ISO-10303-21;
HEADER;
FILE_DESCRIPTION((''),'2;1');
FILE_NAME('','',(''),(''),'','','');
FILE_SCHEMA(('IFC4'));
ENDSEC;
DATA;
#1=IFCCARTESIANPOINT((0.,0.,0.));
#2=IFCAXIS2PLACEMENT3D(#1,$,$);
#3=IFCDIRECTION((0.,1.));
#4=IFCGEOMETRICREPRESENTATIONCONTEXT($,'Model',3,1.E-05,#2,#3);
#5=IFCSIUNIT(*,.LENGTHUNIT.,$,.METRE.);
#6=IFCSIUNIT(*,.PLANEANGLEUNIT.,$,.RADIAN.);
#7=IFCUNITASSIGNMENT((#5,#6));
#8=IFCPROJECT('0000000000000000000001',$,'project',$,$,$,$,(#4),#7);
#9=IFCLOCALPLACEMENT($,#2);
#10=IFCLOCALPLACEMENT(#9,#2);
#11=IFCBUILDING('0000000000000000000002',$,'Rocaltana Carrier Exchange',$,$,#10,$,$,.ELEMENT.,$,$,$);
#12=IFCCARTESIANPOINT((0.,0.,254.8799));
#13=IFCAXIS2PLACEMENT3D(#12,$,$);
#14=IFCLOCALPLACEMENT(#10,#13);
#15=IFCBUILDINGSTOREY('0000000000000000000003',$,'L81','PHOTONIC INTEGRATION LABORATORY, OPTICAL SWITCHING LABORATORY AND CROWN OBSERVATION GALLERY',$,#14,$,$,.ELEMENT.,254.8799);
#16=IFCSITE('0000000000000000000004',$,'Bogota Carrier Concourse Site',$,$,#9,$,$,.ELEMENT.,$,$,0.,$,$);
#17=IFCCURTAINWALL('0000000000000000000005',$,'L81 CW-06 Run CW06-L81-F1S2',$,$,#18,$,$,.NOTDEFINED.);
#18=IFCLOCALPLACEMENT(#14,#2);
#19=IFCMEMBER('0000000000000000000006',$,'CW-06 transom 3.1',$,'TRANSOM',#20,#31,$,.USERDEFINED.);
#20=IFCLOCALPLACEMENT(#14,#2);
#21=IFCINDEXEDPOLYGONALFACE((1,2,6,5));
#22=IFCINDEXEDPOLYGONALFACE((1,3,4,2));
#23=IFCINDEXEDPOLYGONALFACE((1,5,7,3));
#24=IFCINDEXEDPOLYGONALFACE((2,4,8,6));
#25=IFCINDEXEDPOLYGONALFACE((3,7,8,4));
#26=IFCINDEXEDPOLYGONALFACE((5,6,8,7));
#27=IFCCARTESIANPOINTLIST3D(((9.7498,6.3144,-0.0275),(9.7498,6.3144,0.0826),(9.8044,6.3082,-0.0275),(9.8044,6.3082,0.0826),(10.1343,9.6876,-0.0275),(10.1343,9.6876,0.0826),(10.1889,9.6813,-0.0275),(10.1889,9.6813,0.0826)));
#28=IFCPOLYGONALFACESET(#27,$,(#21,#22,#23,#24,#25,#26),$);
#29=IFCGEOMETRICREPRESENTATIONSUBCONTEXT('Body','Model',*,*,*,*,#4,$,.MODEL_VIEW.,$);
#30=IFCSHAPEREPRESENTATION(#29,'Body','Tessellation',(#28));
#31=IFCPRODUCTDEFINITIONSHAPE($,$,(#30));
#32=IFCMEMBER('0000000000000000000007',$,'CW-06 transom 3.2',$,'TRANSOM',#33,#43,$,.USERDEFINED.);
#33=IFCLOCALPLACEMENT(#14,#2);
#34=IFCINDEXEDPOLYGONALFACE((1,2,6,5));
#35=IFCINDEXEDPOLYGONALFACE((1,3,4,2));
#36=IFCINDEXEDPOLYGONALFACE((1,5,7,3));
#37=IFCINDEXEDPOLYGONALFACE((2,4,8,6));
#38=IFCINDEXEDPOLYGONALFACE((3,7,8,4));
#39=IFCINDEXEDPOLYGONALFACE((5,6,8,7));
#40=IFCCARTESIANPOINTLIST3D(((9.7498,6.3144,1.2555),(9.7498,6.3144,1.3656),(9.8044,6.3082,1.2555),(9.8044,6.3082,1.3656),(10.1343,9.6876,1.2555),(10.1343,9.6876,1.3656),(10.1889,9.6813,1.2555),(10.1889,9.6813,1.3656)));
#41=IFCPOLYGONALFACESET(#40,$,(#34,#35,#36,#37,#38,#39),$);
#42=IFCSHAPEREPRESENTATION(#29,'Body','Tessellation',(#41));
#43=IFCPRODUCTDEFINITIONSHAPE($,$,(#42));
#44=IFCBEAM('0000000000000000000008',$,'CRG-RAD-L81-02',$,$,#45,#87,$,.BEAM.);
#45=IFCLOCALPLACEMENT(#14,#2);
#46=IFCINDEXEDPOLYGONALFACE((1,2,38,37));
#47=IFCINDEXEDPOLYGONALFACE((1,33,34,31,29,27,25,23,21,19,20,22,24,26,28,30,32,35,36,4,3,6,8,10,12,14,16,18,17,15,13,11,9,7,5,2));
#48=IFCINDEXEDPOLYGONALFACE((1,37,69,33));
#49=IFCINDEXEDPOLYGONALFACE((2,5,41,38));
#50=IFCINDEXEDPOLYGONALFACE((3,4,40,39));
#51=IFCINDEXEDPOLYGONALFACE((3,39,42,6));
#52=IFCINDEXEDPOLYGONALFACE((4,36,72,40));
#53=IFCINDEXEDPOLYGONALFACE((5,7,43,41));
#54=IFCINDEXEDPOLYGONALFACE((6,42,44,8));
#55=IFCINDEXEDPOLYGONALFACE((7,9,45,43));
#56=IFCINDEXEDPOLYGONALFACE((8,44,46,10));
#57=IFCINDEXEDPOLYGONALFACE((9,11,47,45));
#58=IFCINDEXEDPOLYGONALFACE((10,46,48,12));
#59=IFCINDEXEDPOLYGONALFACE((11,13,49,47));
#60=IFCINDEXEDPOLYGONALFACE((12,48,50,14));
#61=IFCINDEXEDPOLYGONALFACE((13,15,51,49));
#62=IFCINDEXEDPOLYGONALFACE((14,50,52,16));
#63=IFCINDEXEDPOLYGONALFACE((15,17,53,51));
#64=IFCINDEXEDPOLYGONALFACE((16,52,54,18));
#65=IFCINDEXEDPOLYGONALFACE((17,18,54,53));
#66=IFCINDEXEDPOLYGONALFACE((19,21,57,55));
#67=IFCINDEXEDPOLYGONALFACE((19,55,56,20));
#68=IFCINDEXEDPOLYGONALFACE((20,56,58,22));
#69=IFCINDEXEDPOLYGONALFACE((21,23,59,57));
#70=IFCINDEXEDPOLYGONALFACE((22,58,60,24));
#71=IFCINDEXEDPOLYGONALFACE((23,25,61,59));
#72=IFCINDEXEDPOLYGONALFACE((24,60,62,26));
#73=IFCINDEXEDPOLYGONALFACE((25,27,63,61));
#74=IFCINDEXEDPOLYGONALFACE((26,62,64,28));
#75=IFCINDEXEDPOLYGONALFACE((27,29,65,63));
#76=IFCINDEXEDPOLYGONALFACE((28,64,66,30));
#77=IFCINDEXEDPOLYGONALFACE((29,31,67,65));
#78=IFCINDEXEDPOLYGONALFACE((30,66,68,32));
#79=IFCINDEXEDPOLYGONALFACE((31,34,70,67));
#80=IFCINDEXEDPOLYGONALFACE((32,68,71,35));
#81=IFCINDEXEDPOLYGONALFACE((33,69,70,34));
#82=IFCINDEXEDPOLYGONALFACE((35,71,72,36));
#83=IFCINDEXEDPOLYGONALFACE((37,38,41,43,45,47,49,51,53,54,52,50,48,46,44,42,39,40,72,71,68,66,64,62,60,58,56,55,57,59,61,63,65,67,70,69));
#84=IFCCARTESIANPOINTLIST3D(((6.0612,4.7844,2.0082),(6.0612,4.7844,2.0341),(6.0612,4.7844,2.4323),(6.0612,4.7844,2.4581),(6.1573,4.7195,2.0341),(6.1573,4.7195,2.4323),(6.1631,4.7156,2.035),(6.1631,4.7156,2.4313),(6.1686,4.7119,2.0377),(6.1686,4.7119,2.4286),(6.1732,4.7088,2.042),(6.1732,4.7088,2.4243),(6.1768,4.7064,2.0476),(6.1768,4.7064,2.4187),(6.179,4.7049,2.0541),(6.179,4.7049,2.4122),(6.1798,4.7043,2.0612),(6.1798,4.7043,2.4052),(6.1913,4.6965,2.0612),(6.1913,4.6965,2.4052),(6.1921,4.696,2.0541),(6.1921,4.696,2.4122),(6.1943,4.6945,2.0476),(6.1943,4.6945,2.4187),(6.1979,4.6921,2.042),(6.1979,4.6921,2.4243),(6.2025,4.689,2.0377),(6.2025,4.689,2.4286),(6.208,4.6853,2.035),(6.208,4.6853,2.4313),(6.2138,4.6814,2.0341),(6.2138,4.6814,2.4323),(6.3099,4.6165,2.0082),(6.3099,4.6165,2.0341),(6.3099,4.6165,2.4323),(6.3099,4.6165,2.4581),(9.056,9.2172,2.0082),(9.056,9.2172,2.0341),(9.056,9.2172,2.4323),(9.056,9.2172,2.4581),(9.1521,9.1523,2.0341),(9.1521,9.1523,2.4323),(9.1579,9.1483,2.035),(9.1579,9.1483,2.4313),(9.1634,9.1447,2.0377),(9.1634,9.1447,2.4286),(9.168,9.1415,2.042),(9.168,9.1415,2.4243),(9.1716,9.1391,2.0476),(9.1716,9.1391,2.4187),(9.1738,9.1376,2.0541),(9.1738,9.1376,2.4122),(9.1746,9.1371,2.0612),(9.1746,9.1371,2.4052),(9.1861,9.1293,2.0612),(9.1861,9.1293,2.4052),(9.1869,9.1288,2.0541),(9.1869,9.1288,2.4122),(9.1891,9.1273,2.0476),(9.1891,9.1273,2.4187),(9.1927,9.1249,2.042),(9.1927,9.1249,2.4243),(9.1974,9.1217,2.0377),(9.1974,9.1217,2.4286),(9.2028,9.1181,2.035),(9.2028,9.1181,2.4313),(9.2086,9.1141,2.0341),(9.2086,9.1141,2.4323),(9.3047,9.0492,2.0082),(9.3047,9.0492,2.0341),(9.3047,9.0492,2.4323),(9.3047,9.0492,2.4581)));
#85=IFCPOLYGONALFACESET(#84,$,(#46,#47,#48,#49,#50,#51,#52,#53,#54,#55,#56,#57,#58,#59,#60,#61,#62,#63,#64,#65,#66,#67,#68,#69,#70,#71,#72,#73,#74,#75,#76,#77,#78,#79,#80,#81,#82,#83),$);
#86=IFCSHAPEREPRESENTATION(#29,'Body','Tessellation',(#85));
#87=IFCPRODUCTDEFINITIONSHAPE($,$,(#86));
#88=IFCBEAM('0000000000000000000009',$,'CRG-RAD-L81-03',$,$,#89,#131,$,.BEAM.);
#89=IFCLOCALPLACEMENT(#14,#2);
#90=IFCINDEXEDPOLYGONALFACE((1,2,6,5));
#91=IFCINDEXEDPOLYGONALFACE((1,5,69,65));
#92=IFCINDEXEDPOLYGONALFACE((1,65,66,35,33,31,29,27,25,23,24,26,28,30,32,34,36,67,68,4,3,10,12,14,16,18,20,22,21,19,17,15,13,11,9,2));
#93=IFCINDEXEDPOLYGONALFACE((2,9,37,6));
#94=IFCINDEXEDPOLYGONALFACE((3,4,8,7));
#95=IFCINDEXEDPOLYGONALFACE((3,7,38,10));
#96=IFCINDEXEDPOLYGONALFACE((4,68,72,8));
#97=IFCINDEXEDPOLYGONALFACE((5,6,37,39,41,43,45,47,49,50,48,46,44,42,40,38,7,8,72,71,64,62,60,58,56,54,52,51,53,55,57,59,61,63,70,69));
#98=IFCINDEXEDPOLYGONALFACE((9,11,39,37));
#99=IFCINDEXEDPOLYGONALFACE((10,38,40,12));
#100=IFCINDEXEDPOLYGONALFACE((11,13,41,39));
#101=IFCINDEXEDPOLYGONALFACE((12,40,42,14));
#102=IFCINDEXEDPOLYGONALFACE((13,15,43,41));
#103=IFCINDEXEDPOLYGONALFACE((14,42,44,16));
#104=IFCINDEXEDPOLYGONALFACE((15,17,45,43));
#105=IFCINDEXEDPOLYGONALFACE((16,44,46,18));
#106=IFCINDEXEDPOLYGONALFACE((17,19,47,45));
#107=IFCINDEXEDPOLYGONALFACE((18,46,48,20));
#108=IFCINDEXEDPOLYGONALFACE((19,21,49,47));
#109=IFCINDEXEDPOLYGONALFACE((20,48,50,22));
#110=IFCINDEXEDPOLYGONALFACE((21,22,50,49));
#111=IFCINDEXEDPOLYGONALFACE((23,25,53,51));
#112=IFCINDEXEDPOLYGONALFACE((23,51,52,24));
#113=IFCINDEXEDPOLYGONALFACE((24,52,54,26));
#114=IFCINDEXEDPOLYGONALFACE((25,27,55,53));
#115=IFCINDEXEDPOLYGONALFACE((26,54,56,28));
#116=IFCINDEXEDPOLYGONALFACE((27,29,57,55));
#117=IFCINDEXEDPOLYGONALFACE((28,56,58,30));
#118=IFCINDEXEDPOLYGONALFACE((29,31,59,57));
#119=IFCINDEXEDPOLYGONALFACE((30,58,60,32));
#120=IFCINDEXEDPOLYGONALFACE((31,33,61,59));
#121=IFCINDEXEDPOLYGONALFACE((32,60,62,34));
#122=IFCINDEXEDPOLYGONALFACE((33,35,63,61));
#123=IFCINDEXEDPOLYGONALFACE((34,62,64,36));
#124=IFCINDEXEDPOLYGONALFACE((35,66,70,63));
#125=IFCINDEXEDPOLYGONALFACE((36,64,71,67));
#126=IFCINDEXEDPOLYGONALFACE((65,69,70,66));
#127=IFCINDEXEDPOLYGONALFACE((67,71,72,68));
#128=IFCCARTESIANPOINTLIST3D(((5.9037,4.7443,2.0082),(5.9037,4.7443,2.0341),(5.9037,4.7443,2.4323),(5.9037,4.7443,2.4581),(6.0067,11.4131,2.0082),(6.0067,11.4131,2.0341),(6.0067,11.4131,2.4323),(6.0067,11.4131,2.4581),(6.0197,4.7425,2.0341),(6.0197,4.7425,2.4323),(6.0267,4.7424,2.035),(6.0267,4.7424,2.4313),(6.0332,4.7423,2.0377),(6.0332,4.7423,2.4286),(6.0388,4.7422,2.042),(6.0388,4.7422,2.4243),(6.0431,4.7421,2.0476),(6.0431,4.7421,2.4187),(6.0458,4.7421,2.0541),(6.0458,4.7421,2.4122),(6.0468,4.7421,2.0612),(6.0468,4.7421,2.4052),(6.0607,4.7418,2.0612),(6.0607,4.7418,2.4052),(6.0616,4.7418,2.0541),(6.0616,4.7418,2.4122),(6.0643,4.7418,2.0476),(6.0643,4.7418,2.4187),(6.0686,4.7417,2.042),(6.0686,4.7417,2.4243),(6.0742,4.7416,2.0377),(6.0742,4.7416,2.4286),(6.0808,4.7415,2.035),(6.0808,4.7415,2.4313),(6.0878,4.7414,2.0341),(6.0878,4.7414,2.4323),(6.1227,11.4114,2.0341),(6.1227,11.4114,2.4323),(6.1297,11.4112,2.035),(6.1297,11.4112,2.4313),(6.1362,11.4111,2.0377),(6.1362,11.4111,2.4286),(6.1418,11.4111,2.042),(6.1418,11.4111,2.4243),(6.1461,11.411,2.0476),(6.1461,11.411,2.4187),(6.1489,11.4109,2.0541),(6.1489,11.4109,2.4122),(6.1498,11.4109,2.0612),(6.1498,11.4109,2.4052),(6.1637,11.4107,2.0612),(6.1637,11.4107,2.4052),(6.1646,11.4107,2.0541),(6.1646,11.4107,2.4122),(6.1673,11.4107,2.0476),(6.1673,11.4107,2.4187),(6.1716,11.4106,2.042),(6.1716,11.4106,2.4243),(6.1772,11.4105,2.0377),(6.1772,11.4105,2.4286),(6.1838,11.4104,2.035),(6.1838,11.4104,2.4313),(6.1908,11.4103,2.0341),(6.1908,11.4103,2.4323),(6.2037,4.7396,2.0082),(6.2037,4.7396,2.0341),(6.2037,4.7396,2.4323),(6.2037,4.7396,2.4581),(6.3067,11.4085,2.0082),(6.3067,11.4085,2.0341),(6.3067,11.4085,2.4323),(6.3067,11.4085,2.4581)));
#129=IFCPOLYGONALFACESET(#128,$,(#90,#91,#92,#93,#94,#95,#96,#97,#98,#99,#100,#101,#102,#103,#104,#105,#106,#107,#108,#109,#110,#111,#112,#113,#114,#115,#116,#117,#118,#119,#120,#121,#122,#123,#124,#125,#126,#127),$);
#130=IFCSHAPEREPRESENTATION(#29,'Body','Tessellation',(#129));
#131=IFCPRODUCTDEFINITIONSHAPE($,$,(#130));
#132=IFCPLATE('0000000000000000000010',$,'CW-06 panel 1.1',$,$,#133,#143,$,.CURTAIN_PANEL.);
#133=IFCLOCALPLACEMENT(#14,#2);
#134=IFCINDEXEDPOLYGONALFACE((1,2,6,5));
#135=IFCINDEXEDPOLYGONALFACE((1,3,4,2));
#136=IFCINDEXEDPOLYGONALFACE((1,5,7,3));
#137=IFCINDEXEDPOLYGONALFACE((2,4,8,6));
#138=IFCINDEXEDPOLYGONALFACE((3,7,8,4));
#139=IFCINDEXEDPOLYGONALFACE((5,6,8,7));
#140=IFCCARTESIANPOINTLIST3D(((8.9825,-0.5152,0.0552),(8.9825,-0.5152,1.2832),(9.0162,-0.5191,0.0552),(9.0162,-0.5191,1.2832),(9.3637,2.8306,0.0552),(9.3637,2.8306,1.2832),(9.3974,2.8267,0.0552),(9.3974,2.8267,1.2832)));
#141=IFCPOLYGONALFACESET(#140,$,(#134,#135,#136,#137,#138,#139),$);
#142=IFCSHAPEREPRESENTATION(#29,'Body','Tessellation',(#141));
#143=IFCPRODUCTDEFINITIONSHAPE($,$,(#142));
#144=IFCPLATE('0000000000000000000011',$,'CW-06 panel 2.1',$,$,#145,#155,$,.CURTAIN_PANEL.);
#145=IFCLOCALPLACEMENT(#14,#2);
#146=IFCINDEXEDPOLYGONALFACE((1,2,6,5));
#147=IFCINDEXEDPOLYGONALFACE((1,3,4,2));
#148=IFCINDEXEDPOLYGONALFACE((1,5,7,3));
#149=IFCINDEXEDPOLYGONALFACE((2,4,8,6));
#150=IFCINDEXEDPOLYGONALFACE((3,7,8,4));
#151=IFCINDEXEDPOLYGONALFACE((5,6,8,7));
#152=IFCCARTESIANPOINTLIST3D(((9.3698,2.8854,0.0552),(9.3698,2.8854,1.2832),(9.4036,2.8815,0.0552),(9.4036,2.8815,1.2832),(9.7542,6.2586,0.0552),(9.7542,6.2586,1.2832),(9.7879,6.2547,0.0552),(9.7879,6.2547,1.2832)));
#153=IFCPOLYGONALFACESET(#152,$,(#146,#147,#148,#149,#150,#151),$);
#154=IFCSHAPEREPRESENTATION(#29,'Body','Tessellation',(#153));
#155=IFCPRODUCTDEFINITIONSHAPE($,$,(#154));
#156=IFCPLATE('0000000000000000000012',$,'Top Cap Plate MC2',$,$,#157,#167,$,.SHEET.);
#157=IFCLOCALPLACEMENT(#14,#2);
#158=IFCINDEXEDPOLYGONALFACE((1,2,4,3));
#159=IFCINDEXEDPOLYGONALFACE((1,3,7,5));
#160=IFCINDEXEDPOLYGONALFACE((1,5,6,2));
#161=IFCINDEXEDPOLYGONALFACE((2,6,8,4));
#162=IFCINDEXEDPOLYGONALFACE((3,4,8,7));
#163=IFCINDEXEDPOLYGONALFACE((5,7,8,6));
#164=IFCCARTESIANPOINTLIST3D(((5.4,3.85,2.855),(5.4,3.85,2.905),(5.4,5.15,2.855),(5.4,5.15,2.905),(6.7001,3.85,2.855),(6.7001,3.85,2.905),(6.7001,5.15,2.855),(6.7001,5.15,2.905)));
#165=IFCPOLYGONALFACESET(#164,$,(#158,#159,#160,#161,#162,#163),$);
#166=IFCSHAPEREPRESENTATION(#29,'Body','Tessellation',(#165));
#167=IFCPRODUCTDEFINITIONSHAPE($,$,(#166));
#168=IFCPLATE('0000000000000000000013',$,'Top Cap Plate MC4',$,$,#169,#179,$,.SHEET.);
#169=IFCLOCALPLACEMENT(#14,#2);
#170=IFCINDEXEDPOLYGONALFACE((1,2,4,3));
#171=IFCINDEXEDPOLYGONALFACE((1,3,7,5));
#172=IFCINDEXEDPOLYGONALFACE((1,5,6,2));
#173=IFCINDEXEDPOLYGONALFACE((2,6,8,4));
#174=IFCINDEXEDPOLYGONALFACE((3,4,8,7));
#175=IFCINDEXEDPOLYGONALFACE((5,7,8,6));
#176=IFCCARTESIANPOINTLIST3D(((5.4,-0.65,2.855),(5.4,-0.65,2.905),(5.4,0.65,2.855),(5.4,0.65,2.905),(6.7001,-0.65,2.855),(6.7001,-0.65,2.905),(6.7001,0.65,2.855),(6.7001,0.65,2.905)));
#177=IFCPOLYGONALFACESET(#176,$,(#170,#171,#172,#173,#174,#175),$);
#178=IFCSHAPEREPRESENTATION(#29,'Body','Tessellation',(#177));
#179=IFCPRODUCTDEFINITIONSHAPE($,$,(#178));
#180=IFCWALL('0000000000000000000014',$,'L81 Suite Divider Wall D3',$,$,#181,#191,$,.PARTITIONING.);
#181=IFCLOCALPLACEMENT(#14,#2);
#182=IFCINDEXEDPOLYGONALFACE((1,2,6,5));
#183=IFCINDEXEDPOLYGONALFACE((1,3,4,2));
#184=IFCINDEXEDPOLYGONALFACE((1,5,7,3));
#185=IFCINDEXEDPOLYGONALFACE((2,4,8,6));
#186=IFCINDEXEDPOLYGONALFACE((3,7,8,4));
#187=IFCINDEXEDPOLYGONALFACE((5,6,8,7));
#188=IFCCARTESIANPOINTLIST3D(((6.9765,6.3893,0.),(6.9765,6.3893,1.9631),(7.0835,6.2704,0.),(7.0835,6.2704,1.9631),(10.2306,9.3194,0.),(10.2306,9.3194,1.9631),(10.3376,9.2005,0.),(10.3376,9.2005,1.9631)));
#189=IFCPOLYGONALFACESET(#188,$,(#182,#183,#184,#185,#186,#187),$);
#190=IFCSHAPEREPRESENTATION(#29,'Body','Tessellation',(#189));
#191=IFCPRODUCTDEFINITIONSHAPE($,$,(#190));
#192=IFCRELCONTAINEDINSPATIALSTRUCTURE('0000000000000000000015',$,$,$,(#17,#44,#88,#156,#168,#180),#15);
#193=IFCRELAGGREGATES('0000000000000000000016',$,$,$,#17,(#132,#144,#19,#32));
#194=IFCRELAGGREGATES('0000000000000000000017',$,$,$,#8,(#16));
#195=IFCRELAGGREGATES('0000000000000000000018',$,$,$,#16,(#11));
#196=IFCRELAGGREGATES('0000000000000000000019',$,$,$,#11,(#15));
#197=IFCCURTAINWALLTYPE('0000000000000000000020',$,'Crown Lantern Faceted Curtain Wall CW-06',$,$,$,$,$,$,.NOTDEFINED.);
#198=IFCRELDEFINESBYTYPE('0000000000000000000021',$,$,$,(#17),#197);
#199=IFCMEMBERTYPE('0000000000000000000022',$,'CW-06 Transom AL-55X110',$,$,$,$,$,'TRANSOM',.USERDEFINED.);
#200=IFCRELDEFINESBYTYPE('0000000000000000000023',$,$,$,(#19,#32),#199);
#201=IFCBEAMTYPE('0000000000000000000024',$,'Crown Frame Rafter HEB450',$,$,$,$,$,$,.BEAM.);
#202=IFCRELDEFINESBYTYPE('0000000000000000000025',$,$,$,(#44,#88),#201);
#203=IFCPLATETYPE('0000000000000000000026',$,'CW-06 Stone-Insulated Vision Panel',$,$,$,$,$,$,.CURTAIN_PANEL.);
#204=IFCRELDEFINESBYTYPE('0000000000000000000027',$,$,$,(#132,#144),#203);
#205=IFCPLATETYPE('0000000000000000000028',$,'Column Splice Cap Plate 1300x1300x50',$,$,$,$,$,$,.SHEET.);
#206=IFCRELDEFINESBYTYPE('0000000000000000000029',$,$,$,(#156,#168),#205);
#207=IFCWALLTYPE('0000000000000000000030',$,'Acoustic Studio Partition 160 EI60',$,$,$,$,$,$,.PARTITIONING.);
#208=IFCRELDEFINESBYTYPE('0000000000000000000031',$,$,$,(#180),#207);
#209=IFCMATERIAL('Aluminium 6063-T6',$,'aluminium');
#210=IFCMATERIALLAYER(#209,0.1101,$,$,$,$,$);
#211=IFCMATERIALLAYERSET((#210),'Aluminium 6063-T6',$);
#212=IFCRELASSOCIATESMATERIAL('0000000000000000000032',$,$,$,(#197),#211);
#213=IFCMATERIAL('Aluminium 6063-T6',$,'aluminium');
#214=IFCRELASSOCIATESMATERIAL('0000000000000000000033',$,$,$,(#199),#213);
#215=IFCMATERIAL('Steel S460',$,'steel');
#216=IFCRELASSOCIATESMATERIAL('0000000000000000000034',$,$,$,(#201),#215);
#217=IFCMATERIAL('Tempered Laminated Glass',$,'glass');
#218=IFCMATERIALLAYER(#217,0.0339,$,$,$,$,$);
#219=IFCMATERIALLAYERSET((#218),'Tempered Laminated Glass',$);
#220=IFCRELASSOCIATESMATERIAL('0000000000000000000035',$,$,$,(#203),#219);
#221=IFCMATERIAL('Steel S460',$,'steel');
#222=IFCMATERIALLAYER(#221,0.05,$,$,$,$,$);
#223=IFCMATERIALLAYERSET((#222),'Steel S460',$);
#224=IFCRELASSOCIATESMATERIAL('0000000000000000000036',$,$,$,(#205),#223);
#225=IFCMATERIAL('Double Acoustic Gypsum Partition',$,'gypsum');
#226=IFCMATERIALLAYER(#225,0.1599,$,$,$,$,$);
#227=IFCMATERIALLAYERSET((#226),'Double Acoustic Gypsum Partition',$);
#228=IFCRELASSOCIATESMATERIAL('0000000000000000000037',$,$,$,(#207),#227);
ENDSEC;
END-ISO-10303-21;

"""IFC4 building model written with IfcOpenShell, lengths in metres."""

from ifc_helpers import new_model, si_unit, direction, frame, frame_2d, origin, origin_2d, place, context, subcontext, project, spatial, rectangle, i_section, extrude, material, layer, layer_set, material_profile, profile_set, type_object, element, aggregate, save


model = new_model("IFC4")

# Units and contexts
model_context = context("Model", 3, precision=1e-05, world=origin(), true_north=direction((0.0, 1.0)))
body_context = subcontext(model_context, "Body", "Model", "MODEL_VIEW")
ifc_project = project(units=[si_unit("LENGTHUNIT", "METRE"), si_unit("PLANEANGLEUNIT", "RADIAN")], contexts=[model_context])

# Site, building, storey
site_placement = place(None, origin())
site = spatial("IfcSite", under=ifc_project, at=site_placement, Name="Bogota Carrier Concourse Site", CompositionType="ELEMENT", RefElevation=0.0)
building_placement = place(site_placement, origin())
building = spatial("IfcBuilding", under=site, at=building_placement, Name="Rocaltana Carrier Exchange", CompositionType="ELEMENT")
storey_placement = place(building_placement, frame((0.0, 0.0, 254.8799)))
storey = spatial("IfcBuildingStorey", under=building, at=storey_placement, Name="L81", Description="PHOTONIC INTEGRATION LABORATORY, OPTICAL SWITCHING LABORATORY AND CROWN OBSERVATION GALLERY", CompositionType="ELEMENT", Elevation=254.8799)

# Curtain wall, members
ifc_material_1 = material(Name="Aluminium 6063-T6", Category="aluminium")
ifc_layer_1 = layer(ifc_material_1, 0.1101)
ifc_layer_set_1 = layer_set([ifc_layer_1], Name="Aluminium 6063-T6")
curtain_wall_type = type_object("IfcCurtainWallType", Name="Crown Lantern Faceted Curtain Wall CW-06", PredefinedType="NOTDEFINED", material=ifc_layer_set_1)
curtain_wall_placement = place(storey_placement, origin())
curtain_wall = element("IfcCurtainWall", 1, at=curtain_wall_placement, inside=storey, type_object=curtain_wall_type, Name="L81 CW-06 Run CW06-L81-F1S2", PredefinedType="NOTDEFINED")
ifc_material_2 = material(Name="Aluminium 6063-T6", Category="aluminium")
ifc_material_profile_1 = material_profile(ifc_material_2, rectangle(XDim=0.0549, YDim=0.1101, at=origin_2d()), Name="AL-55X110")
ifc_profile_set_1 = profile_set([ifc_material_profile_1], Name="Aluminium 6063-T6")
member_type_1 = type_object("IfcMemberType", Name="CW-06 Transom AL-55X110", ElementType="TRANSOM", PredefinedType="USERDEFINED", material=ifc_profile_set_1)
member_1_placement = place(storey_placement, frame((9.7771, 6.3113, 0.0276), z_axis=(0.113257, 0.993566, 0.0), x_axis=(-0.993566, 0.113257, 0.0)))
member_1 = element("IfcMember", 2, at=member_1_placement, type_object=member_type_1, Name="CW-06 transom 3.1", ObjectType="TRANSOM", PredefinedType="USERDEFINED", context=body_context, shape_type="SweptSolid", body=[
    extrude(rectangle(XDim=0.0549, YDim=0.1101, at=origin_2d()), origin(), (0.0, 0.0, 1.0), 3.395),
])
member_2_placement = place(storey_placement, frame((9.7771, 6.3113, 1.3105), z_axis=(0.113257, 0.993566, 0.0), x_axis=(-0.993566, 0.113257, 0.0)))
member_2 = element("IfcMember", 3, at=member_2_placement, type_object=member_type_1, Name="CW-06 transom 3.2", ObjectType="TRANSOM", PredefinedType="USERDEFINED", context=body_context, shape_type="SweptSolid", body=[
    extrude(rectangle(XDim=0.0549, YDim=0.1101, at=origin_2d()), origin(), (0.0, 0.0, 1.0), 3.395),
])

# Beams
ifc_material_3 = material(Name="Steel S460", Category="steel")
ifc_material_profile_2 = material_profile(ifc_material_3, i_section(OverallWidth=0.3, OverallDepth=0.45, WebThickness=0.0139, FlangeThickness=0.0259, FilletRadius=0.0271, at=origin_2d()), Name="HEB450")
ifc_profile_set_2 = profile_set([ifc_material_profile_2], Name="Steel S460")
beam_type = type_object("IfcBeamType", Name="Crown Frame Rafter HEB450", PredefinedType="BEAM", material=ifc_profile_set_2)
beam_1_placement = place(storey_placement, frame((6.1855, 4.7004, 2.2332), z_axis=(0.559818, 0.828615, 0.0), x_axis=(-0.828615, 0.559818, 0.0)))
element("IfcBeam", 4, at=beam_1_placement, inside=storey, type_object=beam_type, Name="CRG-RAD-L81-02", PredefinedType="BEAM", context=body_context, shape_type="SweptSolid", body=[
    extrude(i_section(OverallWidth=0.3, OverallDepth=0.45, WebThickness=0.0139, FlangeThickness=0.0259, FilletRadius=0.0271, at=origin_2d()), origin(), (0.0, 0.0, 1.0), 5.3496),
])
beam_2_placement = place(storey_placement, frame((6.0537, 4.7419, 2.2332), z_axis=(0.015447, 0.999881, 0.0), x_axis=(-0.999881, 0.015447, 0.0)))
element("IfcBeam", 5, at=beam_2_placement, inside=storey, type_object=beam_type, Name="CRG-RAD-L81-03", PredefinedType="BEAM", context=body_context, shape_type="SweptSolid", body=[
    extrude(i_section(OverallWidth=0.3, OverallDepth=0.45, WebThickness=0.0139, FlangeThickness=0.0259, FilletRadius=0.0271, at=origin_2d()), origin(), (0.0, 0.0, 1.0), 6.6697),
])

# Plates
ifc_material_4 = material(Name="Tempered Laminated Glass", Category="glass")
ifc_layer_2 = layer(ifc_material_4, 0.0339)
ifc_layer_set_2 = layer_set([ifc_layer_2], Name="Tempered Laminated Glass")
plate_type_1 = type_object("IfcPlateType", Name="CW-06 Stone-Insulated Vision Panel", PredefinedType="CURTAIN_PANEL", material=ifc_layer_set_2)
plate_1_placement = place(storey_placement, frame((9.1899, 1.1558, 0.0552), z_axis=(0.0, 0.0, 1.0), x_axis=(0.113203, 0.993572, 0.0)))
plate_1 = element("IfcPlate", 6, at=plate_1_placement, type_object=plate_type_1, Name="CW-06 panel 1.1", PredefinedType="CURTAIN_PANEL", context=body_context, shape_type="SweptSolid", body=[
    extrude(rectangle(XDim=3.3674, YDim=0.0339, at=origin_2d()), origin(), (0.0, 0.0, 1.0), 1.228),
])
plate_2_placement = place(storey_placement, frame((9.5789, 4.5701, 0.0552), z_axis=(0.0, 0.0, 1.0), x_axis=(0.113203, 0.993572, 0.0)))
plate_2 = element("IfcPlate", 7, at=plate_2_placement, type_object=plate_type_1, Name="CW-06 panel 2.1", PredefinedType="CURTAIN_PANEL", context=body_context, shape_type="SweptSolid", body=[
    extrude(rectangle(XDim=3.395, YDim=0.0339, at=origin_2d()), origin(), (0.0, 0.0, 1.0), 1.228),
])
aggregate(curtain_wall, [plate_1, plate_2, member_1, member_2])

# Plates
ifc_material_5 = material(Name="Steel S460", Category="steel")
ifc_layer_3 = layer(ifc_material_5, 0.05)
ifc_layer_set_3 = layer_set([ifc_layer_3], Name="Steel S460")
plate_type_2 = type_object("IfcPlateType", Name="Column Splice Cap Plate 1300x1300x50", PredefinedType="SHEET", material=ifc_layer_set_3)
for number, where, z_axis, x_axis, name in (
    (8, (6.05, 4.5, 2.855), (0.0, 0.0, 1.0), (1.0, 0.0, 0.0), "Top Cap Plate MC2"),
    (9, (6.05, 0.0, 2.855), (0.0, 0.0, 1.0), (1.0, 0.0, 0.0), "Top Cap Plate MC4"),
):
    element("IfcPlate", number, at=place(storey_placement, frame(where, z_axis=z_axis, x_axis=x_axis)), inside=storey, type_object=plate_type_2, Name=name, PredefinedType="SHEET", context=body_context, shape_type="SweptSolid", body=[
        extrude(rectangle(XDim=1.3, YDim=1.3, at=origin_2d()), origin(), (0.0, 0.0, 1.0), 0.05),
    ])

# Wall
ifc_material_6 = material(Name="Double Acoustic Gypsum Partition", Category="gypsum")
ifc_layer_4 = layer(ifc_material_6, 0.1599)
ifc_layer_set_4 = layer_set([ifc_layer_4], Name="Double Acoustic Gypsum Partition")
wall_type_1 = type_object("IfcWallType", Name="Acoustic Studio Partition 160 EI60", PredefinedType="PARTITIONING", material=ifc_layer_set_4)
wall_1_placement = place(storey_placement, frame((7.03, 6.3298, 0.0), z_axis=(0.0, 0.0, 1.0), x_axis=(0.743131, 0.669146, 0.0)))
element("IfcWall", 10, at=wall_1_placement, inside=storey, type_object=wall_type_1, Name="L81 Suite Divider Wall D3", PredefinedType="PARTITIONING", context=body_context, shape_type="SweptSolid", body=[
    extrude(rectangle(XDim=4.3789, YDim=0.1599, at=frame_2d((2.1895, 0.0))), origin(), (0.0, 0.0, 1.0), 1.9631),
])

save(model, "model.ifc")
